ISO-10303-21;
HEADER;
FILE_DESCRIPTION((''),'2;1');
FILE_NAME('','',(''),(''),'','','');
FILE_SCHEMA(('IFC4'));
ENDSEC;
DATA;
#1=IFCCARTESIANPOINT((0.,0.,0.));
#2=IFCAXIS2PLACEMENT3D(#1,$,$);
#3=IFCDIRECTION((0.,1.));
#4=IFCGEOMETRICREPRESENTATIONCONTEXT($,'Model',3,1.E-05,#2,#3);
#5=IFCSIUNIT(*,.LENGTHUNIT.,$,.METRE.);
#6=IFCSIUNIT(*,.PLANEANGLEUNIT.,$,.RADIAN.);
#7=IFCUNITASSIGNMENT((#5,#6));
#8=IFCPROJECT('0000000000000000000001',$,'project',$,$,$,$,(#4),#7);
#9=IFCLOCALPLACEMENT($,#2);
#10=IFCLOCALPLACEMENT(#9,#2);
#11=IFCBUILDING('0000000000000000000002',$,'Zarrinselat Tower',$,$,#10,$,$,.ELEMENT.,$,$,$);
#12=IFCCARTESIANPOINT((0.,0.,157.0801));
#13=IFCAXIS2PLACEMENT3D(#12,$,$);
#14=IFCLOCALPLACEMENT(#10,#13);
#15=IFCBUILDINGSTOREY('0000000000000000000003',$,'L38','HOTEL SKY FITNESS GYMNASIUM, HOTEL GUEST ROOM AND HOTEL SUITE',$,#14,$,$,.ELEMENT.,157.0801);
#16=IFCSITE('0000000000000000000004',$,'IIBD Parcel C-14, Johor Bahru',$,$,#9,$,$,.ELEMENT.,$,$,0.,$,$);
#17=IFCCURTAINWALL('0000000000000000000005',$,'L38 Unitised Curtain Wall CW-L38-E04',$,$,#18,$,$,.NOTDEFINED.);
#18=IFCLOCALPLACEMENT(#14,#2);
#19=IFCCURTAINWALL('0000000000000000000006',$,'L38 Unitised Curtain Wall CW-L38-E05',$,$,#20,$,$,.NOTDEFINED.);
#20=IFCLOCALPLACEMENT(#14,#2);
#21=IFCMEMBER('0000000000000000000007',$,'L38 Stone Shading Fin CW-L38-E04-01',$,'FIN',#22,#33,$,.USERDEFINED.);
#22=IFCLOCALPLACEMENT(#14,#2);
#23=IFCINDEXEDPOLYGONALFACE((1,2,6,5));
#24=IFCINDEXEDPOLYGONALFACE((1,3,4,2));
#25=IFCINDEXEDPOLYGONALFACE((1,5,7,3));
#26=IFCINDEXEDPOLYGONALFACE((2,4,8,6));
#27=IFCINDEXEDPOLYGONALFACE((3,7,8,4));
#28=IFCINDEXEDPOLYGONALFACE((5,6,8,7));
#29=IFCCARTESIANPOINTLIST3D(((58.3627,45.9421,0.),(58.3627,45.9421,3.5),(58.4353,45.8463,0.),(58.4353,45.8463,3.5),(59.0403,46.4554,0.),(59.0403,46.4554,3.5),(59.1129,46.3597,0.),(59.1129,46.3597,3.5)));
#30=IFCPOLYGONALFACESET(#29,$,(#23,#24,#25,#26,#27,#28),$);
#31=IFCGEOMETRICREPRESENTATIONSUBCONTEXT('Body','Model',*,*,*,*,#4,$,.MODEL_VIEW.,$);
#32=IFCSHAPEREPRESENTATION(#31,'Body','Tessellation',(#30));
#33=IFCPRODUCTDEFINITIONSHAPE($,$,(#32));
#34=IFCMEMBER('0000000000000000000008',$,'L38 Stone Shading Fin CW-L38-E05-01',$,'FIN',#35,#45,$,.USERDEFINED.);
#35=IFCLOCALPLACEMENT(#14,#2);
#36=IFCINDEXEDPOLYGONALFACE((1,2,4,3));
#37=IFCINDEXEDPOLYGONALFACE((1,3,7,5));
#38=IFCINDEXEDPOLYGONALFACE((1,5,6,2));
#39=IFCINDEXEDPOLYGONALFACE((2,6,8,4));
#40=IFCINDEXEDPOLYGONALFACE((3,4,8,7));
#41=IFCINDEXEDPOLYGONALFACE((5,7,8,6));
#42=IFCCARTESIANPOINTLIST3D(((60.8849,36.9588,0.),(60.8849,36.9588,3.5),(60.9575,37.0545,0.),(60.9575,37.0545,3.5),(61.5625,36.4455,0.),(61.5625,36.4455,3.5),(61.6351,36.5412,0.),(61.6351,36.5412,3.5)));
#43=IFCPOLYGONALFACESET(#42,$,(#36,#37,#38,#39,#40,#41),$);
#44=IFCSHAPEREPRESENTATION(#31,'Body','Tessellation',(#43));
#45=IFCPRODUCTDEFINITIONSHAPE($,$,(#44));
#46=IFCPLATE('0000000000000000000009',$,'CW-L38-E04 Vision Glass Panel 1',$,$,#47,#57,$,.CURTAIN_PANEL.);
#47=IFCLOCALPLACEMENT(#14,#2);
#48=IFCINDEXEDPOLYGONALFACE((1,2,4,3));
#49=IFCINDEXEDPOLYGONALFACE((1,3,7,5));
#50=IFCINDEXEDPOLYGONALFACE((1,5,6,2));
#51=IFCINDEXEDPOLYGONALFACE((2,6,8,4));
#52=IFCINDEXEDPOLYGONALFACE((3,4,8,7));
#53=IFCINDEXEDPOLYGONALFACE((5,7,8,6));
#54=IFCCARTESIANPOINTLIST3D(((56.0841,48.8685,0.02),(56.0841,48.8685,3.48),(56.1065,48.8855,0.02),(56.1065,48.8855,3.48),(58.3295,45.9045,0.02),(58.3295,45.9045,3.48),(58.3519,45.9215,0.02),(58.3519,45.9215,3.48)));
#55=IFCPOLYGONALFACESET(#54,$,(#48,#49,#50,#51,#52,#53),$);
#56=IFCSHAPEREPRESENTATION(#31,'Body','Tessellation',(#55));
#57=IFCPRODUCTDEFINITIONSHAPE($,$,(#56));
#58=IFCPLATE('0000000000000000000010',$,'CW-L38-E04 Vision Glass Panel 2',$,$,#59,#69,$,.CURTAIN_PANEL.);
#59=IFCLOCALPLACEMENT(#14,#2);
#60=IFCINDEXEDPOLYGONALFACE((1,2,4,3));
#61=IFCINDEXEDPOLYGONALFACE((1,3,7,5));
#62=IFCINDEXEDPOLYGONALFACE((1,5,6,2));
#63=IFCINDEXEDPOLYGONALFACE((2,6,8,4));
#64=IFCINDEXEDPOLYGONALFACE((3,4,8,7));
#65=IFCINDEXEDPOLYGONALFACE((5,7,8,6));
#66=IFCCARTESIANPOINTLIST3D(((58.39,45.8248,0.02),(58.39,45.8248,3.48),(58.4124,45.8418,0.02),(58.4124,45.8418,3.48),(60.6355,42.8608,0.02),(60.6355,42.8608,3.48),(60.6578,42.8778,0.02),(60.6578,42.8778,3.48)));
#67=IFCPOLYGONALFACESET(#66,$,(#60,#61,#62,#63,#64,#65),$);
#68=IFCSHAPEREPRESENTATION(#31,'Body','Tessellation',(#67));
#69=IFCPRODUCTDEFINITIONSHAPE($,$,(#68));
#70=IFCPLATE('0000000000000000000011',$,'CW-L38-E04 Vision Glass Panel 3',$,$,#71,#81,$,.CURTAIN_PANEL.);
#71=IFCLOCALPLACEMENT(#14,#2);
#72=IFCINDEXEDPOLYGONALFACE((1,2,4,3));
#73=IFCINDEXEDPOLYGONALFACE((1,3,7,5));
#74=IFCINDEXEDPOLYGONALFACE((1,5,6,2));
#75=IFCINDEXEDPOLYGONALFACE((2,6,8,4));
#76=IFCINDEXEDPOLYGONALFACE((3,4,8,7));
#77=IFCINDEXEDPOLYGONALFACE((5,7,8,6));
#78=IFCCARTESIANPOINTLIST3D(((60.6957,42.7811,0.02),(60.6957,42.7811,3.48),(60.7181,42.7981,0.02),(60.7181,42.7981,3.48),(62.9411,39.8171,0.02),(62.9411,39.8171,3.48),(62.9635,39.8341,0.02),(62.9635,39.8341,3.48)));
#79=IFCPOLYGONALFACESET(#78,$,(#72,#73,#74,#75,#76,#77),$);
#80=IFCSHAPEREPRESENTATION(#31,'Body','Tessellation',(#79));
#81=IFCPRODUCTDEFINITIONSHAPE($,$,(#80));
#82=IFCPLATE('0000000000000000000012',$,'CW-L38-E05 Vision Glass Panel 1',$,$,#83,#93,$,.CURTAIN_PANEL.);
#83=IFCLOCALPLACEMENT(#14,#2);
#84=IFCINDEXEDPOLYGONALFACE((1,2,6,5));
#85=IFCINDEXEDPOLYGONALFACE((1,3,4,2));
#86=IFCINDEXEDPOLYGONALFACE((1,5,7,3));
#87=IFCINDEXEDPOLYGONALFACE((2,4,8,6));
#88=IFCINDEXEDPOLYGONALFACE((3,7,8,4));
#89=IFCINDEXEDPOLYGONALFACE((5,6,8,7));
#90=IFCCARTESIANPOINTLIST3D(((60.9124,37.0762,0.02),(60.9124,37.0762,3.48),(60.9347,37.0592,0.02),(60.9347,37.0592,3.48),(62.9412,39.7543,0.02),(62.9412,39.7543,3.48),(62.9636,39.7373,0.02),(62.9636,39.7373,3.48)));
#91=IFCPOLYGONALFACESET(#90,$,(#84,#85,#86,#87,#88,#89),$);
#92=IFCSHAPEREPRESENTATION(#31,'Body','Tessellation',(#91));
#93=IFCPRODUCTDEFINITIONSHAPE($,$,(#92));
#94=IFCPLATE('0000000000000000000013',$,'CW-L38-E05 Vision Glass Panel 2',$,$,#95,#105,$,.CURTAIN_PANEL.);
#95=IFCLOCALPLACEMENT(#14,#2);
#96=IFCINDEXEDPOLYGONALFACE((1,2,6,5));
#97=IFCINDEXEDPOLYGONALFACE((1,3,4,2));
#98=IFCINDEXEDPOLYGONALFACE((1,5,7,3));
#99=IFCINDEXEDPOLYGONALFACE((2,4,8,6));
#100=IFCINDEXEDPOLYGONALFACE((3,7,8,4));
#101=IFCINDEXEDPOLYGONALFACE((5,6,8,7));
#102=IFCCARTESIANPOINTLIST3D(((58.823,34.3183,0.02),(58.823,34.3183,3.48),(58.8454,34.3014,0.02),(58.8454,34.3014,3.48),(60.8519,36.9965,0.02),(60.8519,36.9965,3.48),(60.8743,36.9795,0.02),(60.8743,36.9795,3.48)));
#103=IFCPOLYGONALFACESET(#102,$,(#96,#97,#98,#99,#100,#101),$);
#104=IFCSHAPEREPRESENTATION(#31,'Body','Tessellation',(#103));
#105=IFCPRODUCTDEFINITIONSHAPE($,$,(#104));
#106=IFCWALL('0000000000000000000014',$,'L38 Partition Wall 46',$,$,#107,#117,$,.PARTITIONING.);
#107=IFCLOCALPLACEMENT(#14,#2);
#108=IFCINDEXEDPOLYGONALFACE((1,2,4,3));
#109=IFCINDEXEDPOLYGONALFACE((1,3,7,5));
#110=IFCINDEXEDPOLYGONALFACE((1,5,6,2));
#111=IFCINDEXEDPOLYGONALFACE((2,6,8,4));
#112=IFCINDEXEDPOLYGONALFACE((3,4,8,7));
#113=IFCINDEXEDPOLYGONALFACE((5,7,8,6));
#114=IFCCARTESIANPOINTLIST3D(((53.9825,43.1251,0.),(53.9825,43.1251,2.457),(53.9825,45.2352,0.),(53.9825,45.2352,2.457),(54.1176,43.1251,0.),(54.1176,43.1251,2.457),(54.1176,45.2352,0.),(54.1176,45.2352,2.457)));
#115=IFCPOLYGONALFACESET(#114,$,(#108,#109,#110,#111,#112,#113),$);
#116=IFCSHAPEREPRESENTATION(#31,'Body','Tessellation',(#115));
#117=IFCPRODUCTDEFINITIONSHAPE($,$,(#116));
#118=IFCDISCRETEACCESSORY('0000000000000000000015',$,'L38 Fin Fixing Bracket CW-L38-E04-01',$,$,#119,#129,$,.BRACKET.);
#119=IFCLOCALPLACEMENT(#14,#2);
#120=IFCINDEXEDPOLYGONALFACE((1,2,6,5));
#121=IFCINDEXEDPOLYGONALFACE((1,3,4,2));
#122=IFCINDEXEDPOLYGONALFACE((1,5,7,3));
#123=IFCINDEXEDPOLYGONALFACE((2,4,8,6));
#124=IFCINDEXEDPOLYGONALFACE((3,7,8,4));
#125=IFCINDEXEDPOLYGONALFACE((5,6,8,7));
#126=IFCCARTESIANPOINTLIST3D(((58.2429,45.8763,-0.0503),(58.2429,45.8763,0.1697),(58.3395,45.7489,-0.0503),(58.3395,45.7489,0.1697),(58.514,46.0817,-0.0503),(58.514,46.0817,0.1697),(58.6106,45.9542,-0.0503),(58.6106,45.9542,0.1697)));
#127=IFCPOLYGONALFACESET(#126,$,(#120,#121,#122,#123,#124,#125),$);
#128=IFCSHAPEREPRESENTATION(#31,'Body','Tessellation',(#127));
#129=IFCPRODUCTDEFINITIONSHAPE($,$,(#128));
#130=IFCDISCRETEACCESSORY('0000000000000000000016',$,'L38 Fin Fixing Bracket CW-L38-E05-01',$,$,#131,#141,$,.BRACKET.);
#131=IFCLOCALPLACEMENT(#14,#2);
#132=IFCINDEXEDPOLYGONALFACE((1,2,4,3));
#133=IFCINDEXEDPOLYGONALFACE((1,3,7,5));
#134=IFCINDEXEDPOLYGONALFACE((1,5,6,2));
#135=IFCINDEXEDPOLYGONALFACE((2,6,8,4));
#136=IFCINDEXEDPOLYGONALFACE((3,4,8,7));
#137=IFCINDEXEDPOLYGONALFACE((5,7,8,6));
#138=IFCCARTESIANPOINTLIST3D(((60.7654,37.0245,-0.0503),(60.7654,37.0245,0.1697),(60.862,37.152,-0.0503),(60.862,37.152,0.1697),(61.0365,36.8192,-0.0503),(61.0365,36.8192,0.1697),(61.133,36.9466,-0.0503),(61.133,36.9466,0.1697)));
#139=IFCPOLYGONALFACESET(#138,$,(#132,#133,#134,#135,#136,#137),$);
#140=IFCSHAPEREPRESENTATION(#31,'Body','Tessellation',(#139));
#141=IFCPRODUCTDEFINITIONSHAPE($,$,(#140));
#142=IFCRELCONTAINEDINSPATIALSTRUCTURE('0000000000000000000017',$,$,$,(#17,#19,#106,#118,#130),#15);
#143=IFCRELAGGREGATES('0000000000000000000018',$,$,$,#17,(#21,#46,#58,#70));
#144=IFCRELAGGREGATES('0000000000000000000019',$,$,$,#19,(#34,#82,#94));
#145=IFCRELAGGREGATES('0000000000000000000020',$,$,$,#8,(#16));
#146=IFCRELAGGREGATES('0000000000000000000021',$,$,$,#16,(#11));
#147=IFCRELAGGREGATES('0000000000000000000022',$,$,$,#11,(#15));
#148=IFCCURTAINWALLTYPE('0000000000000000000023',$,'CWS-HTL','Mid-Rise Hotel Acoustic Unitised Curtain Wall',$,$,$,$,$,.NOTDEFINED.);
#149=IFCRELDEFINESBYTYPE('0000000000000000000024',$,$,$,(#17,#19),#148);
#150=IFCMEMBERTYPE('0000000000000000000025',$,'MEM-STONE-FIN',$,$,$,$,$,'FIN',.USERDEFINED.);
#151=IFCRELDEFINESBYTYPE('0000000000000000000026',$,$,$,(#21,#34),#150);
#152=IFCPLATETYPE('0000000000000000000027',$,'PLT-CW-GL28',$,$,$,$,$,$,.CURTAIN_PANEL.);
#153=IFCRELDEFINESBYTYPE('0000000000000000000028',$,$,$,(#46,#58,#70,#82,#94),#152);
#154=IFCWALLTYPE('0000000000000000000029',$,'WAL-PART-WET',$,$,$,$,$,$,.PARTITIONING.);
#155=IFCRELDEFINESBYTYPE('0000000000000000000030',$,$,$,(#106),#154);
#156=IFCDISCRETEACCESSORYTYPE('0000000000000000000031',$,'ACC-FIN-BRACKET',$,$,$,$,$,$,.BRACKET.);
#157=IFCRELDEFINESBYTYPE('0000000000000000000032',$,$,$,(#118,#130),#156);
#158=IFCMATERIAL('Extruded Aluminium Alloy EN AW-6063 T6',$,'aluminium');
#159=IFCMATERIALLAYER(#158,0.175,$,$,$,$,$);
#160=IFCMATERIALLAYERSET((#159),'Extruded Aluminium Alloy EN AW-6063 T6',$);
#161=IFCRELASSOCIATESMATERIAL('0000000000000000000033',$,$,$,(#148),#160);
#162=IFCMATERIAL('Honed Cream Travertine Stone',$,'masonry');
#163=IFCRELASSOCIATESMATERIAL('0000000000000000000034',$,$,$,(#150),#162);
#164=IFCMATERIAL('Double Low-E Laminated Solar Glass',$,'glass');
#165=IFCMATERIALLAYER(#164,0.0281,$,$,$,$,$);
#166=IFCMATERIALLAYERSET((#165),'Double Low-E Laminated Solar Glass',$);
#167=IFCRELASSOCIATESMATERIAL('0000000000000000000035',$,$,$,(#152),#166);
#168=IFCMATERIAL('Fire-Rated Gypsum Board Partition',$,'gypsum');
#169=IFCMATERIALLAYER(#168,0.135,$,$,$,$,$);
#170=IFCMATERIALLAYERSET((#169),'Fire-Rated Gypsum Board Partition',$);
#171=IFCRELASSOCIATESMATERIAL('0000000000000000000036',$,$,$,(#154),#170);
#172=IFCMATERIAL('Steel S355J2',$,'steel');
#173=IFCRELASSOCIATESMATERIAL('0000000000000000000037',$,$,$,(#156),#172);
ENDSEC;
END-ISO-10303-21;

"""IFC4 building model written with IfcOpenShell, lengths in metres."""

from ifc_helpers import new_model, si_unit, direction, frame, frame_2d, origin, origin_2d, place, context, subcontext, project, spatial, rectangle, extrude, material, layer, layer_set, material_profile, profile_set, type_object, element, aggregate, save


model = new_model("IFC4")

# Units and contexts
model_context = context("Model", 3, precision=1e-05, world=origin(), true_north=direction((0.0, 1.0)))
body_context = subcontext(model_context, "Body", "Model", "MODEL_VIEW")
ifc_project = project(units=[si_unit("LENGTHUNIT", "METRE"), si_unit("PLANEANGLEUNIT", "RADIAN")], contexts=[model_context])

# Site, building, storey
site_placement = place(None, origin())
site = spatial("IfcSite", under=ifc_project, at=site_placement, Name="IIBD Parcel C-14, Johor Bahru", CompositionType="ELEMENT", RefElevation=0.0)
building_placement = place(site_placement, origin())
building = spatial("IfcBuilding", under=site, at=building_placement, Name="Zarrinselat Tower", CompositionType="ELEMENT")
storey_placement = place(building_placement, frame((0.0, 0.0, 157.0801)))
storey = spatial("IfcBuildingStorey", under=building, at=storey_placement, Name="L38", Description="HOTEL SKY FITNESS GYMNASIUM, HOTEL GUEST ROOM AND HOTEL SUITE", CompositionType="ELEMENT", Elevation=157.0801)

# Shared definitions
ifc_material_1 = material(Name="Extruded Aluminium Alloy EN AW-6063 T6", Category="aluminium")
ifc_layer_1 = layer(ifc_material_1, 0.175)
ifc_layer_set_1 = layer_set([ifc_layer_1], Name="Extruded Aluminium Alloy EN AW-6063 T6")
curtain_wall_type = type_object("IfcCurtainWallType", Name="CWS-HTL", Description="Mid-Rise Hotel Acoustic Unitised Curtain Wall", PredefinedType="NOTDEFINED", material=ifc_layer_set_1)

# Curtain wall
curtain_wall_1_placement = place(storey_placement, origin())
curtain_wall_1 = element("IfcCurtainWall", 1, at=curtain_wall_1_placement, inside=storey, type_object=curtain_wall_type, Name="L38 Unitised Curtain Wall CW-L38-E04", PredefinedType="NOTDEFINED")

# Curtain wall
curtain_wall_2_placement = place(storey_placement, origin())
curtain_wall_2 = element("IfcCurtainWall", 2, at=curtain_wall_2_placement, inside=storey, type_object=curtain_wall_type, Name="L38 Unitised Curtain Wall CW-L38-E05", PredefinedType="NOTDEFINED")

# Members
ifc_material_2 = material(Name="Honed Cream Travertine Stone", Category="masonry")
ifc_material_profile_1 = material_profile(ifc_material_2, rectangle(XDim=0.1201, YDim=0.8501, at=origin_2d()), Name="FIN 850x120")
ifc_profile_set_1 = profile_set([ifc_material_profile_1], Name="Honed Cream Travertine Stone")
member_type_1 = type_object("IfcMemberType", Name="MEM-STONE-FIN", ElementType="FIN", PredefinedType="USERDEFINED", material=ifc_profile_set_1)
member_1_placement = place(storey_placement, frame((58.7378, 46.1509, 0.0), z_axis=(0.0, 0.0, 1.0), x_axis=(0.603856, -0.797093, 0.0)))
member_1 = element("IfcMember", 3, at=member_1_placement, type_object=member_type_1, Name="L38 Stone Shading Fin CW-L38-E04-01", ObjectType="FIN", PredefinedType="USERDEFINED", context=body_context, shape_type="SweptSolid", body=[
    extrude(rectangle(XDim=0.1201, YDim=0.8501, at=origin_2d()), origin(), (0.0, 0.0, 1.0), 3.5),
])
member_2_placement = place(storey_placement, frame((61.26, 36.75, 0.0), z_axis=(0.0, 0.0, 1.0), x_axis=(-0.603859, -0.797092, 0.0)))
member_2 = element("IfcMember", 4, at=member_2_placement, type_object=member_type_1, Name="L38 Stone Shading Fin CW-L38-E05-01", ObjectType="FIN", PredefinedType="USERDEFINED", context=body_context, shape_type="SweptSolid", body=[
    extrude(rectangle(XDim=0.1201, YDim=0.8501, at=origin_2d()), origin(), (0.0, 0.0, 1.0), 3.5),
])

# Plates
ifc_material_3 = material(Name="Double Low-E Laminated Solar Glass", Category="glass")
ifc_layer_2 = layer(ifc_material_3, 0.0281)
ifc_layer_set_2 = layer_set([ifc_layer_2], Name="Double Low-E Laminated Solar Glass")
plate_type = type_object("IfcPlateType", Name="PLT-CW-GL28", PredefinedType="CURTAIN_PANEL", material=ifc_layer_set_2)
plate_1_placement = place(storey_placement, frame((57.218, 47.395, 0.02), z_axis=(0.0, 0.0, 1.0), x_axis=(0.603856, -0.797093, 0.0)))
plate_1 = element("IfcPlate", 5, at=plate_1_placement, type_object=plate_type, Name="CW-L38-E04 Vision Glass Panel 1", PredefinedType="CURTAIN_PANEL", context=body_context, shape_type="SweptSolid", body=[
    extrude(rectangle(XDim=3.7185, YDim=0.0281, at=origin_2d()), origin(), (0.0, 0.0, 1.0), 3.46),
])
plate_2_placement = place(storey_placement, frame((59.5239, 44.3513, 0.02), z_axis=(0.0, 0.0, 1.0), x_axis=(0.603856, -0.797093, 0.0)))
plate_2 = element("IfcPlate", 6, at=plate_2_placement, type_object=plate_type, Name="CW-L38-E04 Vision Glass Panel 2", PredefinedType="CURTAIN_PANEL", context=body_context, shape_type="SweptSolid", body=[
    extrude(rectangle(XDim=3.7185, YDim=0.0281, at=origin_2d()), origin(), (0.0, 0.0, 1.0), 3.46),
])
plate_3_placement = place(storey_placement, frame((61.8296, 41.3076, 0.02), z_axis=(0.0, 0.0, 1.0), x_axis=(0.603856, -0.797093, 0.0)))
plate_3 = element("IfcPlate", 7, at=plate_3_placement, type_object=plate_type, Name="CW-L38-E04 Vision Glass Panel 3", PredefinedType="CURTAIN_PANEL", context=body_context, shape_type="SweptSolid", body=[
    extrude(rectangle(XDim=3.7185, YDim=0.0281, at=origin_2d()), origin(), (0.0, 0.0, 1.0), 3.46),
])
aggregate(curtain_wall_1, [member_1, plate_1, plate_2, plate_3])
plate_4_placement = place(storey_placement, frame((61.938, 38.4067, 0.02), z_axis=(0.0, 0.0, 1.0), x_axis=(-0.603859, -0.797092, 0.0)))
plate_4 = element("IfcPlate", 8, at=plate_4_placement, type_object=plate_type, Name="CW-L38-E05 Vision Glass Panel 1", PredefinedType="CURTAIN_PANEL", context=body_context, shape_type="SweptSolid", body=[
    extrude(rectangle(XDim=3.3599, YDim=0.0281, at=origin_2d()), origin(), (0.0, 0.0, 1.0), 3.46),
])
plate_5_placement = place(storey_placement, frame((59.8486, 35.6489, 0.02), z_axis=(0.0, 0.0, 1.0), x_axis=(-0.603859, -0.797092, 0.0)))
plate_5 = element("IfcPlate", 9, at=plate_5_placement, type_object=plate_type, Name="CW-L38-E05 Vision Glass Panel 2", PredefinedType="CURTAIN_PANEL", context=body_context, shape_type="SweptSolid", body=[
    extrude(rectangle(XDim=3.3599, YDim=0.0281, at=origin_2d()), origin(), (0.0, 0.0, 1.0), 3.46),
])
aggregate(curtain_wall_2, [member_2, plate_4, plate_5])

# Wall
ifc_material_4 = material(Name="Fire-Rated Gypsum Board Partition", Category="gypsum")
ifc_layer_3 = layer(ifc_material_4, 0.135)
ifc_layer_set_3 = layer_set([ifc_layer_3], Name="Fire-Rated Gypsum Board Partition")
wall_type = type_object("IfcWallType", Name="WAL-PART-WET", PredefinedType="PARTITIONING", material=ifc_layer_set_3)
wall_placement = place(storey_placement, frame((54.05, 43.125, 0.0), z_axis=(0.0, 0.0, 1.0), x_axis=(0.0, 1.0, 0.0)))
element("IfcWall", 10, at=wall_placement, inside=storey, type_object=wall_type, Name="L38 Partition Wall 46", PredefinedType="PARTITIONING", context=body_context, shape_type="SweptSolid", body=[
    extrude(rectangle(XDim=2.1101, YDim=0.135, at=frame_2d((1.0552, 0.0))), origin(), (0.0, 0.0, 1.0), 2.457),
])

# Discrete accessories
ifc_material_5 = material(Name="Steel S355J2", Category="steel")
discrete_accessory_type = type_object("IfcDiscreteAccessoryType", Name="ACC-FIN-BRACKET", PredefinedType="BRACKET", material=ifc_material_5)
for number, where, z_axis, x_axis, name in (
    (11, (58.4268, 45.9153, -0.0503), (0.0, 0.0, 1.0), (0.797093, 0.603856, 0.0), "L38 Fin Fixing Bracket CW-L38-E04-01"),
    (12, (60.9492, 36.9856, -0.0503), (0.0, 0.0, 1.0), (0.797092, -0.603859, 0.0), "L38 Fin Fixing Bracket CW-L38-E05-01"),
):
    element("IfcDiscreteAccessory", number, at=place(storey_placement, frame(where, z_axis=z_axis, x_axis=x_axis)), inside=storey, type_object=discrete_accessory_type, Name=name, PredefinedType="BRACKET", context=body_context, shape_type="SweptSolid", body=[
        extrude(rectangle(XDim=0.3401, YDim=0.1599, at=origin_2d()), origin(), (0.0, 0.0, 1.0), 0.22),
    ])

save(model, "model.ifc")
